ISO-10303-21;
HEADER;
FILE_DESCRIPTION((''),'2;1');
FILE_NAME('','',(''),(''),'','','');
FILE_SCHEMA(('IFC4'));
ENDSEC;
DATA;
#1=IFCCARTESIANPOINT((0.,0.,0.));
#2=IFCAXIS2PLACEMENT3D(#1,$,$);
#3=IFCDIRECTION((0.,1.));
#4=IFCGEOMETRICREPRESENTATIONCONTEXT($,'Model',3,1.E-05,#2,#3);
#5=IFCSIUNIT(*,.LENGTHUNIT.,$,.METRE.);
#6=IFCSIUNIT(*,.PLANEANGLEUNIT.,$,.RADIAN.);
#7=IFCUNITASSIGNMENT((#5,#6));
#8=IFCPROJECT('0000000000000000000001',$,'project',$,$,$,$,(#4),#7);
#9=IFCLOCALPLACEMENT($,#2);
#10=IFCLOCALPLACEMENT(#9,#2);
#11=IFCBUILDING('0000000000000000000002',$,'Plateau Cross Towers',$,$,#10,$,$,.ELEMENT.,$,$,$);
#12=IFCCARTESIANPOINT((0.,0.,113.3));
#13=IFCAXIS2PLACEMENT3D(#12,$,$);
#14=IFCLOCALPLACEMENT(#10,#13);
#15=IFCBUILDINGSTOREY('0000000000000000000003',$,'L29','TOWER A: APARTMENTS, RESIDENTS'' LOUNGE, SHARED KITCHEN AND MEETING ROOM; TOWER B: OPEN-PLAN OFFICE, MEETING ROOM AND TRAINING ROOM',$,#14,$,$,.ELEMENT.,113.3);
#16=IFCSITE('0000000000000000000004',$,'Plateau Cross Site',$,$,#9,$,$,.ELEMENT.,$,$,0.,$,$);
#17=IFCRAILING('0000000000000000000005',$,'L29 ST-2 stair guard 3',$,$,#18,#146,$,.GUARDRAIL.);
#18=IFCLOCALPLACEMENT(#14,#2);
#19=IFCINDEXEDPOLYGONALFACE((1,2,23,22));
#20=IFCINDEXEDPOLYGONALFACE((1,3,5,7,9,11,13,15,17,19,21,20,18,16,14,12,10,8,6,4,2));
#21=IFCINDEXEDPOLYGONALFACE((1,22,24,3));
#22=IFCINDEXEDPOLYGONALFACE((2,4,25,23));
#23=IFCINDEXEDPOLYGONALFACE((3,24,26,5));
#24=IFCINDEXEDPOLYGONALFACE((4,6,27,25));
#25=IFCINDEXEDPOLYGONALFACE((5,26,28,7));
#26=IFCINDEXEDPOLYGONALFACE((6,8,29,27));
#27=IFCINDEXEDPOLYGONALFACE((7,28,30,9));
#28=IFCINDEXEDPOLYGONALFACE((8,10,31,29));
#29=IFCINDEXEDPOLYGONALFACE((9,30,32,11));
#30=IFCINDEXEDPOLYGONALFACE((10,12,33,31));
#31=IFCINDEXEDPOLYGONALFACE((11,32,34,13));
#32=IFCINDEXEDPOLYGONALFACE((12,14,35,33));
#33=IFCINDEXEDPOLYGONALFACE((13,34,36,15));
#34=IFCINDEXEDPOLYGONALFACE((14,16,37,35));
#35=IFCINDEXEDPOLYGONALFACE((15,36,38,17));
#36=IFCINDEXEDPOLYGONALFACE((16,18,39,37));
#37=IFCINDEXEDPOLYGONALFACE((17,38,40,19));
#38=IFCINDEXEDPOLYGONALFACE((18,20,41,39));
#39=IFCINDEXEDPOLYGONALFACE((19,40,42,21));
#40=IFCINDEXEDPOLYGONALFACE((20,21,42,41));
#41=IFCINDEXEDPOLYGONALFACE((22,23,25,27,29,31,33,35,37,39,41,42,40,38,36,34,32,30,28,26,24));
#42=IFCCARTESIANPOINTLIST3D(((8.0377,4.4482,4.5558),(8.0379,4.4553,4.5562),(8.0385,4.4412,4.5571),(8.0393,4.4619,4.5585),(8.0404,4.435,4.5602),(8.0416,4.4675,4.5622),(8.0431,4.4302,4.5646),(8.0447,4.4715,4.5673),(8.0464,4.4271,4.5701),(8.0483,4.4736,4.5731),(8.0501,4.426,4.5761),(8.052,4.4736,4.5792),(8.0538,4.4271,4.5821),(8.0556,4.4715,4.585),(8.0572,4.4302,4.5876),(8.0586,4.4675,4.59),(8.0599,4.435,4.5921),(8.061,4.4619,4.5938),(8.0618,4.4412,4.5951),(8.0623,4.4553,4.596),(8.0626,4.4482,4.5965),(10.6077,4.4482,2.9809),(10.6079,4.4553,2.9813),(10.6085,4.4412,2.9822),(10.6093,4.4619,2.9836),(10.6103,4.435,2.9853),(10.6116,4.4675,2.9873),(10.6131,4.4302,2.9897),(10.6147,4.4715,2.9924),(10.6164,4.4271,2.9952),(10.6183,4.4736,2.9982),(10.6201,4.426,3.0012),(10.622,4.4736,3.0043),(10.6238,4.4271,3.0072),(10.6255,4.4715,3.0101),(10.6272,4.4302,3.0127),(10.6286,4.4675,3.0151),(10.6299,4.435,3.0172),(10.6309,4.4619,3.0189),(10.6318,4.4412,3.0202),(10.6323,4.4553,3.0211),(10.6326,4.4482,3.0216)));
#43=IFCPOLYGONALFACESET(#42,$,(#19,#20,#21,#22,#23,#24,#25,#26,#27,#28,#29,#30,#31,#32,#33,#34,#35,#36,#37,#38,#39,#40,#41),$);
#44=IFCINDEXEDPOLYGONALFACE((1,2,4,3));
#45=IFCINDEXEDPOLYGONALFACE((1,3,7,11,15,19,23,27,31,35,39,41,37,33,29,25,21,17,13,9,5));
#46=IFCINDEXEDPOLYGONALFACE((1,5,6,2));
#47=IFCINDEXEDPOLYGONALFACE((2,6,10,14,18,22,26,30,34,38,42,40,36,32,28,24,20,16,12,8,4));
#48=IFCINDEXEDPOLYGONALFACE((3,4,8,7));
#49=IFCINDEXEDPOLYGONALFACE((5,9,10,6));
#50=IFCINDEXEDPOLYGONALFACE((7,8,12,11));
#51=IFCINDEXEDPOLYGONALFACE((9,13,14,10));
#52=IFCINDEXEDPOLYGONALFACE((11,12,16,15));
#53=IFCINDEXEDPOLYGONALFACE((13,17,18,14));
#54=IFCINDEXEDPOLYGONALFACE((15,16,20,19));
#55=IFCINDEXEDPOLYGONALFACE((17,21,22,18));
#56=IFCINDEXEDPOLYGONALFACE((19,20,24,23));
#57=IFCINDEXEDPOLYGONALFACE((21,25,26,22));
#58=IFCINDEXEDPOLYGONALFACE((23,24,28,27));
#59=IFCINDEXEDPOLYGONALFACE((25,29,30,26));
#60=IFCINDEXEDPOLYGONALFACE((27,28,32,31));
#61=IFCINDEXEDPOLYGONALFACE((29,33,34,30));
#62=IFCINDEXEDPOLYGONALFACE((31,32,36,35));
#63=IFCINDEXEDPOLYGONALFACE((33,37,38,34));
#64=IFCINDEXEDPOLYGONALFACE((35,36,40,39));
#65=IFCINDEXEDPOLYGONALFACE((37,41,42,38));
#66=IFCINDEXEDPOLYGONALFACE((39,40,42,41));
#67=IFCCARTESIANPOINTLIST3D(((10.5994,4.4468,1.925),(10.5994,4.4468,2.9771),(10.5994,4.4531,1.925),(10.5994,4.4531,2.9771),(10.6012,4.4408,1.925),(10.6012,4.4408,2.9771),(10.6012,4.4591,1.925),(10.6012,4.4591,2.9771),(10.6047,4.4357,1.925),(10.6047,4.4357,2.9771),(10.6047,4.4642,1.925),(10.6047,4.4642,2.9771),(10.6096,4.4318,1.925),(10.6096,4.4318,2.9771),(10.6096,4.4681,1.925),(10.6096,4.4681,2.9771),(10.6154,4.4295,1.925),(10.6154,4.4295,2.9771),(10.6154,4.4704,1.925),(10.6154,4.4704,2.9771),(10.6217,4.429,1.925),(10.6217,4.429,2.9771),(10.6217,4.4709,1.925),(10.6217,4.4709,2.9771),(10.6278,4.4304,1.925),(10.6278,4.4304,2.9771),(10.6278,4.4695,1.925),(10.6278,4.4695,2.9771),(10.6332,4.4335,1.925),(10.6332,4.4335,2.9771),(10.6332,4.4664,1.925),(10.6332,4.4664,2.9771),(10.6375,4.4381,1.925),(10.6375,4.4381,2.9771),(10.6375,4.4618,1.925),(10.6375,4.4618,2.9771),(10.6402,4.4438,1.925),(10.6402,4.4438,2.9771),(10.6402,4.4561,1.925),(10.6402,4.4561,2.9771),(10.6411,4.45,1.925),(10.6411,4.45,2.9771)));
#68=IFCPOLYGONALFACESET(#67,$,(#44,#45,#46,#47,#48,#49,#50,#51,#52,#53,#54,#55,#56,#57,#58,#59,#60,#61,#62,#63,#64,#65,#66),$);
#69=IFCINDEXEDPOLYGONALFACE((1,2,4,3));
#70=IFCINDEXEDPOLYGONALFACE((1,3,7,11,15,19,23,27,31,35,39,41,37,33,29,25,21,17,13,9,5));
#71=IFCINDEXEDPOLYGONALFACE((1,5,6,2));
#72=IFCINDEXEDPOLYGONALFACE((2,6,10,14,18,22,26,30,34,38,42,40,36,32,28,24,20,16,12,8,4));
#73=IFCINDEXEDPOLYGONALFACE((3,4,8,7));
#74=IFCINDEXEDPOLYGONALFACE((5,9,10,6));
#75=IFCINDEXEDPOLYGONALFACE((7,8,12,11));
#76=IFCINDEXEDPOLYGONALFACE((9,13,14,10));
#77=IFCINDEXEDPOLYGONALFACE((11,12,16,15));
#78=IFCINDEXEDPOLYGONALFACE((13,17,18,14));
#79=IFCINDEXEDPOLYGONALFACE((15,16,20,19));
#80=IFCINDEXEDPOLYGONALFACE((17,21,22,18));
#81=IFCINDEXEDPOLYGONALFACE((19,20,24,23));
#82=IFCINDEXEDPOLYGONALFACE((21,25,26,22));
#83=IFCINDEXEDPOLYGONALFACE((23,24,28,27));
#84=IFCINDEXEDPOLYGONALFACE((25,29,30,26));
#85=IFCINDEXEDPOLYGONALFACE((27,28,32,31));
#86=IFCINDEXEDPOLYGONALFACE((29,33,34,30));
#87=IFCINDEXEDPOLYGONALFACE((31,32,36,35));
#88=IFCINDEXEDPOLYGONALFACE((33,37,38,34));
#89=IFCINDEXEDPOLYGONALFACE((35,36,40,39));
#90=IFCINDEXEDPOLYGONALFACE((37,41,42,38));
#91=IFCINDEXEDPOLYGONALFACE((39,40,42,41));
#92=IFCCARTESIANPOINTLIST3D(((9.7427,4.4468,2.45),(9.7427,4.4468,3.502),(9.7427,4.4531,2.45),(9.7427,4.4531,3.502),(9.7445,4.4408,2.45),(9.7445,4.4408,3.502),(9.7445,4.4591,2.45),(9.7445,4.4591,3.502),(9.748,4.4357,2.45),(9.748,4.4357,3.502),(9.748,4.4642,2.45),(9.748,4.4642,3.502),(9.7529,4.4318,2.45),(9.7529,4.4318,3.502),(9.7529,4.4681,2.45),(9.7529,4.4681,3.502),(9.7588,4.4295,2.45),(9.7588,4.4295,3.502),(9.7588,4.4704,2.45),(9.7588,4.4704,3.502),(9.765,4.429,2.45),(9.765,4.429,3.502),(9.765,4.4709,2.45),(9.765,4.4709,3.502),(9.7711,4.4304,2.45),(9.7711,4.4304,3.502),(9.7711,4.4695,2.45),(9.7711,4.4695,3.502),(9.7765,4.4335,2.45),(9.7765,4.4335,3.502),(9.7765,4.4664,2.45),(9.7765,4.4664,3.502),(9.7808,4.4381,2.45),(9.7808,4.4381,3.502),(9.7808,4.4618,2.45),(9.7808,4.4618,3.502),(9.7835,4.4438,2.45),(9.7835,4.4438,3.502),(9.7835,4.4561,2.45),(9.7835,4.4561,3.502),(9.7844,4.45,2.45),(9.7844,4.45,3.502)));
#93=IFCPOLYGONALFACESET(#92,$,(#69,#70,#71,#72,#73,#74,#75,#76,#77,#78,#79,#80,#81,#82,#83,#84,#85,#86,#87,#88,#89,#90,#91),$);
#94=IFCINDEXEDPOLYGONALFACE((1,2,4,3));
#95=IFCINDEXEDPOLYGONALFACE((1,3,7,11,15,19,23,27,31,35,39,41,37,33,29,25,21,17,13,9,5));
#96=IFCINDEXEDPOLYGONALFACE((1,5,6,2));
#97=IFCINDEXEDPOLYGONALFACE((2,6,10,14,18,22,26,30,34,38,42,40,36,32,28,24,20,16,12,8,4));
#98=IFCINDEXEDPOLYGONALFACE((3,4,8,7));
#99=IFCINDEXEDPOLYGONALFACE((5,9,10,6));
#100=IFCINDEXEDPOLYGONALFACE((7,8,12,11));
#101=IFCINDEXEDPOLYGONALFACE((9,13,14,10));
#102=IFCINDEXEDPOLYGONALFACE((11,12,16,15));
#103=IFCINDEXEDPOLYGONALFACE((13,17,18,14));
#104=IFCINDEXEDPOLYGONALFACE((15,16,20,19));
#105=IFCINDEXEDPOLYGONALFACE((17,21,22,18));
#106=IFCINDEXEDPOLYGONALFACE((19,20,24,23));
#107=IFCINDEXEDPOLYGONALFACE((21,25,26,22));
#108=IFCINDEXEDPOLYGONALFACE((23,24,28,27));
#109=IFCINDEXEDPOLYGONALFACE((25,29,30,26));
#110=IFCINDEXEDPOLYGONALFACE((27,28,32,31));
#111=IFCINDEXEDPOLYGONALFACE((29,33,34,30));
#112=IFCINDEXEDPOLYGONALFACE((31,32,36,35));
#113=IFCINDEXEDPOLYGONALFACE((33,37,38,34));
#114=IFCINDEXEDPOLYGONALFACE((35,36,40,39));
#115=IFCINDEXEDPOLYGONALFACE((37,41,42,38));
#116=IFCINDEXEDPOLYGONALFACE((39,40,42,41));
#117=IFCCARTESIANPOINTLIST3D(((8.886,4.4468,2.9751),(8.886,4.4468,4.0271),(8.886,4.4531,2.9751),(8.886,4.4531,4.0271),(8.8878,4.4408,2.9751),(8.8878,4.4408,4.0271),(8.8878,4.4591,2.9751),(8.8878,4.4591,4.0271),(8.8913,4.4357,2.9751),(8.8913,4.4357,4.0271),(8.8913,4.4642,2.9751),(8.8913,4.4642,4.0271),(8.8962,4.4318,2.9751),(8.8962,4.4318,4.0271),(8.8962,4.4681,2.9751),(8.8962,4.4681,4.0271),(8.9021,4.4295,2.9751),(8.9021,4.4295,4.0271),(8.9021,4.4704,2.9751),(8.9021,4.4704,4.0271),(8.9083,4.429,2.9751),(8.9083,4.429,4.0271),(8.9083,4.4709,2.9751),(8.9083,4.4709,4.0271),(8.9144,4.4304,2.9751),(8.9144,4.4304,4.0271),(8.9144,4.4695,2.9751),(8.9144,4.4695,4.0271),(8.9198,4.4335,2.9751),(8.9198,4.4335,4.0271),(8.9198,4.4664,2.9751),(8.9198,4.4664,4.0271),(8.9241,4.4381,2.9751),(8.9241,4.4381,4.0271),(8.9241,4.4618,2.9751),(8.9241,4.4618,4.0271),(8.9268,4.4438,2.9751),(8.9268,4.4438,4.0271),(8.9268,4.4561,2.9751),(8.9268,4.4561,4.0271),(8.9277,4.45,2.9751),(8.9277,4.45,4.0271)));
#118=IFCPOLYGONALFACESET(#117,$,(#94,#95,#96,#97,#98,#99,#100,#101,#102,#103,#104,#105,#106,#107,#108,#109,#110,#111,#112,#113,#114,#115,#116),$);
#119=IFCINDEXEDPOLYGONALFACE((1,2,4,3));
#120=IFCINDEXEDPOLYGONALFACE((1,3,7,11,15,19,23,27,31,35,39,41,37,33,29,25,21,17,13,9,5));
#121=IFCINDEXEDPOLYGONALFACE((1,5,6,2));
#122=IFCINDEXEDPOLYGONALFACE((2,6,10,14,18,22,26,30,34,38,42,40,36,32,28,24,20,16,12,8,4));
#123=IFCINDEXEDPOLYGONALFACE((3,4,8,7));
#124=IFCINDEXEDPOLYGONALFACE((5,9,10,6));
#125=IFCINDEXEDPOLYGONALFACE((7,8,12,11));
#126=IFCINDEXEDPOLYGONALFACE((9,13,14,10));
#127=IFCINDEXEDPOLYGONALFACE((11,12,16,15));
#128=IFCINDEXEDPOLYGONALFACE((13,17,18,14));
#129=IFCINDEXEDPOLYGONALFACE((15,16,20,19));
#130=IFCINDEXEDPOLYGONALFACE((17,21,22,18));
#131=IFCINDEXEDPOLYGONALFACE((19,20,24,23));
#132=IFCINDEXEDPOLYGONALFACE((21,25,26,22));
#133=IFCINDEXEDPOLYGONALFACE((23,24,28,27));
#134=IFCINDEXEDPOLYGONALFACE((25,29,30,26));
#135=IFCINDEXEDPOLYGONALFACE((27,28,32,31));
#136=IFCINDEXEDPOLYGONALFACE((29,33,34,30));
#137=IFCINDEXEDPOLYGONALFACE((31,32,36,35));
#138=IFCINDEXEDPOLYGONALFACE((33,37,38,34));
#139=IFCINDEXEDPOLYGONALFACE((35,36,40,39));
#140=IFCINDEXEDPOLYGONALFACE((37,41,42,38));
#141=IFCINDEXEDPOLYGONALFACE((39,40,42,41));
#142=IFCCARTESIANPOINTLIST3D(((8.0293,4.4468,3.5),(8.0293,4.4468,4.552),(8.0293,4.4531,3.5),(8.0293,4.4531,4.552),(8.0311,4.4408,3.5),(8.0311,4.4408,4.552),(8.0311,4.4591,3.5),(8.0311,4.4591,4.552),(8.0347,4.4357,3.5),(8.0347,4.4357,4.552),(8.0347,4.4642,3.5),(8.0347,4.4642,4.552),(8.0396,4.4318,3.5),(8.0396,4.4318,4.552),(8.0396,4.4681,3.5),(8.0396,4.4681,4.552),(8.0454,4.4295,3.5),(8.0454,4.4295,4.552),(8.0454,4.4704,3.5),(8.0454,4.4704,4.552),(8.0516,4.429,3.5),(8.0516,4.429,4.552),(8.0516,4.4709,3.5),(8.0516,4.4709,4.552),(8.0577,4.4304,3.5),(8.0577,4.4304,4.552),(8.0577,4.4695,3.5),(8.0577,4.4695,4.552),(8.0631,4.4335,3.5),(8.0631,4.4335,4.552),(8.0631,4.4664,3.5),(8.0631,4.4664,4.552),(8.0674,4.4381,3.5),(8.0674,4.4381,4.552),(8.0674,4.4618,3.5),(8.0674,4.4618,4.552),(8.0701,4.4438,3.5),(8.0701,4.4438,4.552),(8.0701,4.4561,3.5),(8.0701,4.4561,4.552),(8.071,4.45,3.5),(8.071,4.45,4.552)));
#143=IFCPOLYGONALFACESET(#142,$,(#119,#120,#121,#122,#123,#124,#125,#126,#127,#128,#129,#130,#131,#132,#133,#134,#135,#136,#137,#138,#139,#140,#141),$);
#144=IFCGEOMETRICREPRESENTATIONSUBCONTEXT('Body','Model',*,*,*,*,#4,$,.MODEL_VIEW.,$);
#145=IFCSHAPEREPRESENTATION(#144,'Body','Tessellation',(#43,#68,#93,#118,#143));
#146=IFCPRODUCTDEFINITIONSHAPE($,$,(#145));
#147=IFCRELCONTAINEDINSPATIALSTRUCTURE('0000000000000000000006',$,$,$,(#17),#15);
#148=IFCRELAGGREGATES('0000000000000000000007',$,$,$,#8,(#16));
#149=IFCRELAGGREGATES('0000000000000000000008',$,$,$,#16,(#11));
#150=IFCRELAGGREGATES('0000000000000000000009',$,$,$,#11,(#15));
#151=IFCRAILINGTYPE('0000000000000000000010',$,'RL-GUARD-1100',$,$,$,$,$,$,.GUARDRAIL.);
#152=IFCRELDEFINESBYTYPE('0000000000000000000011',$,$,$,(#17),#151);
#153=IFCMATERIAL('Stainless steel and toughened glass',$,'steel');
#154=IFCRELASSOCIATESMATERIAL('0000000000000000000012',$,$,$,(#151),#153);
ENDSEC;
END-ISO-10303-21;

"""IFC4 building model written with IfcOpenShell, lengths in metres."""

from ifc_helpers import new_model, si_unit, direction, frame, origin, origin_2d, place, context, subcontext, project, spatial, circle, extrude, material, type_object, element, save


model = new_model("IFC4")

# Units and contexts
model_context = context("Model", 3, precision=1e-05, world=origin(), true_north=direction((0.0, 1.0)))
body_context = subcontext(model_context, "Body", "Model", "MODEL_VIEW")
ifc_project = project(units=[si_unit("LENGTHUNIT", "METRE"), si_unit("PLANEANGLEUNIT", "RADIAN")], contexts=[model_context])

# Site, building, storey
site_placement = place(None, origin())
site = spatial("IfcSite", under=ifc_project, at=site_placement, Name="Plateau Cross Site", CompositionType="ELEMENT", RefElevation=0.0)
building_placement = place(site_placement, origin())
building = spatial("IfcBuilding", under=site, at=building_placement, Name="Plateau Cross Towers", CompositionType="ELEMENT")
storey_placement = place(building_placement, frame((0.0, 0.0, 113.3)))
storey = spatial("IfcBuildingStorey", under=building, at=storey_placement, Name="L29", Description="TOWER A: APARTMENTS, RESIDENTS' LOUNGE, SHARED KITCHEN AND MEETING ROOM; TOWER B: OPEN-PLAN OFFICE, MEETING ROOM AND TRAINING ROOM", CompositionType="ELEMENT", Elevation=113.3)

# Railing
ifc_material_1 = material(Name="Stainless steel and toughened glass", Category="steel")
railing_type_1 = type_object("IfcRailingType", Name="RL-GUARD-1100", PredefinedType="GUARDRAIL", material=ifc_material_1)
railing_1_placement = place(storey_placement, frame((10.6201, 4.45, 1.925)))
element("IfcRailing", 1, at=railing_1_placement, inside=storey, type_object=railing_type_1, Name="L29 ST-2 stair guard 3", PredefinedType="GUARDRAIL", context=body_context, shape_type="SweptSolid", body=[
    extrude(circle(Radius=0.0239, at=origin_2d()), frame((0.0, 0.0, 1.0762), z_axis=(-0.852639, 0.0, 0.522501), x_axis=(0.0, -1.0, 0.0)), (0.0, 0.0, 1.0), 3.0142),
    extrude(circle(Radius=0.021, at=origin_2d()), origin(), (0.0, 0.0, 1.0), 1.052),
    extrude(circle(Radius=0.021, at=origin_2d()), frame((-0.8567, 0.0, 0.5249)), (0.0, 0.0, 1.0), 1.052),
    extrude(circle(Radius=0.021, at=origin_2d()), frame((-1.7134, 0.0, 1.05)), (0.0, 0.0, 1.0), 1.052),
    extrude(circle(Radius=0.021, at=origin_2d()), frame((-2.5701, 0.0, 1.575)), (0.0, 0.0, 1.0), 1.052),
])

save(model, "model.ifc")
